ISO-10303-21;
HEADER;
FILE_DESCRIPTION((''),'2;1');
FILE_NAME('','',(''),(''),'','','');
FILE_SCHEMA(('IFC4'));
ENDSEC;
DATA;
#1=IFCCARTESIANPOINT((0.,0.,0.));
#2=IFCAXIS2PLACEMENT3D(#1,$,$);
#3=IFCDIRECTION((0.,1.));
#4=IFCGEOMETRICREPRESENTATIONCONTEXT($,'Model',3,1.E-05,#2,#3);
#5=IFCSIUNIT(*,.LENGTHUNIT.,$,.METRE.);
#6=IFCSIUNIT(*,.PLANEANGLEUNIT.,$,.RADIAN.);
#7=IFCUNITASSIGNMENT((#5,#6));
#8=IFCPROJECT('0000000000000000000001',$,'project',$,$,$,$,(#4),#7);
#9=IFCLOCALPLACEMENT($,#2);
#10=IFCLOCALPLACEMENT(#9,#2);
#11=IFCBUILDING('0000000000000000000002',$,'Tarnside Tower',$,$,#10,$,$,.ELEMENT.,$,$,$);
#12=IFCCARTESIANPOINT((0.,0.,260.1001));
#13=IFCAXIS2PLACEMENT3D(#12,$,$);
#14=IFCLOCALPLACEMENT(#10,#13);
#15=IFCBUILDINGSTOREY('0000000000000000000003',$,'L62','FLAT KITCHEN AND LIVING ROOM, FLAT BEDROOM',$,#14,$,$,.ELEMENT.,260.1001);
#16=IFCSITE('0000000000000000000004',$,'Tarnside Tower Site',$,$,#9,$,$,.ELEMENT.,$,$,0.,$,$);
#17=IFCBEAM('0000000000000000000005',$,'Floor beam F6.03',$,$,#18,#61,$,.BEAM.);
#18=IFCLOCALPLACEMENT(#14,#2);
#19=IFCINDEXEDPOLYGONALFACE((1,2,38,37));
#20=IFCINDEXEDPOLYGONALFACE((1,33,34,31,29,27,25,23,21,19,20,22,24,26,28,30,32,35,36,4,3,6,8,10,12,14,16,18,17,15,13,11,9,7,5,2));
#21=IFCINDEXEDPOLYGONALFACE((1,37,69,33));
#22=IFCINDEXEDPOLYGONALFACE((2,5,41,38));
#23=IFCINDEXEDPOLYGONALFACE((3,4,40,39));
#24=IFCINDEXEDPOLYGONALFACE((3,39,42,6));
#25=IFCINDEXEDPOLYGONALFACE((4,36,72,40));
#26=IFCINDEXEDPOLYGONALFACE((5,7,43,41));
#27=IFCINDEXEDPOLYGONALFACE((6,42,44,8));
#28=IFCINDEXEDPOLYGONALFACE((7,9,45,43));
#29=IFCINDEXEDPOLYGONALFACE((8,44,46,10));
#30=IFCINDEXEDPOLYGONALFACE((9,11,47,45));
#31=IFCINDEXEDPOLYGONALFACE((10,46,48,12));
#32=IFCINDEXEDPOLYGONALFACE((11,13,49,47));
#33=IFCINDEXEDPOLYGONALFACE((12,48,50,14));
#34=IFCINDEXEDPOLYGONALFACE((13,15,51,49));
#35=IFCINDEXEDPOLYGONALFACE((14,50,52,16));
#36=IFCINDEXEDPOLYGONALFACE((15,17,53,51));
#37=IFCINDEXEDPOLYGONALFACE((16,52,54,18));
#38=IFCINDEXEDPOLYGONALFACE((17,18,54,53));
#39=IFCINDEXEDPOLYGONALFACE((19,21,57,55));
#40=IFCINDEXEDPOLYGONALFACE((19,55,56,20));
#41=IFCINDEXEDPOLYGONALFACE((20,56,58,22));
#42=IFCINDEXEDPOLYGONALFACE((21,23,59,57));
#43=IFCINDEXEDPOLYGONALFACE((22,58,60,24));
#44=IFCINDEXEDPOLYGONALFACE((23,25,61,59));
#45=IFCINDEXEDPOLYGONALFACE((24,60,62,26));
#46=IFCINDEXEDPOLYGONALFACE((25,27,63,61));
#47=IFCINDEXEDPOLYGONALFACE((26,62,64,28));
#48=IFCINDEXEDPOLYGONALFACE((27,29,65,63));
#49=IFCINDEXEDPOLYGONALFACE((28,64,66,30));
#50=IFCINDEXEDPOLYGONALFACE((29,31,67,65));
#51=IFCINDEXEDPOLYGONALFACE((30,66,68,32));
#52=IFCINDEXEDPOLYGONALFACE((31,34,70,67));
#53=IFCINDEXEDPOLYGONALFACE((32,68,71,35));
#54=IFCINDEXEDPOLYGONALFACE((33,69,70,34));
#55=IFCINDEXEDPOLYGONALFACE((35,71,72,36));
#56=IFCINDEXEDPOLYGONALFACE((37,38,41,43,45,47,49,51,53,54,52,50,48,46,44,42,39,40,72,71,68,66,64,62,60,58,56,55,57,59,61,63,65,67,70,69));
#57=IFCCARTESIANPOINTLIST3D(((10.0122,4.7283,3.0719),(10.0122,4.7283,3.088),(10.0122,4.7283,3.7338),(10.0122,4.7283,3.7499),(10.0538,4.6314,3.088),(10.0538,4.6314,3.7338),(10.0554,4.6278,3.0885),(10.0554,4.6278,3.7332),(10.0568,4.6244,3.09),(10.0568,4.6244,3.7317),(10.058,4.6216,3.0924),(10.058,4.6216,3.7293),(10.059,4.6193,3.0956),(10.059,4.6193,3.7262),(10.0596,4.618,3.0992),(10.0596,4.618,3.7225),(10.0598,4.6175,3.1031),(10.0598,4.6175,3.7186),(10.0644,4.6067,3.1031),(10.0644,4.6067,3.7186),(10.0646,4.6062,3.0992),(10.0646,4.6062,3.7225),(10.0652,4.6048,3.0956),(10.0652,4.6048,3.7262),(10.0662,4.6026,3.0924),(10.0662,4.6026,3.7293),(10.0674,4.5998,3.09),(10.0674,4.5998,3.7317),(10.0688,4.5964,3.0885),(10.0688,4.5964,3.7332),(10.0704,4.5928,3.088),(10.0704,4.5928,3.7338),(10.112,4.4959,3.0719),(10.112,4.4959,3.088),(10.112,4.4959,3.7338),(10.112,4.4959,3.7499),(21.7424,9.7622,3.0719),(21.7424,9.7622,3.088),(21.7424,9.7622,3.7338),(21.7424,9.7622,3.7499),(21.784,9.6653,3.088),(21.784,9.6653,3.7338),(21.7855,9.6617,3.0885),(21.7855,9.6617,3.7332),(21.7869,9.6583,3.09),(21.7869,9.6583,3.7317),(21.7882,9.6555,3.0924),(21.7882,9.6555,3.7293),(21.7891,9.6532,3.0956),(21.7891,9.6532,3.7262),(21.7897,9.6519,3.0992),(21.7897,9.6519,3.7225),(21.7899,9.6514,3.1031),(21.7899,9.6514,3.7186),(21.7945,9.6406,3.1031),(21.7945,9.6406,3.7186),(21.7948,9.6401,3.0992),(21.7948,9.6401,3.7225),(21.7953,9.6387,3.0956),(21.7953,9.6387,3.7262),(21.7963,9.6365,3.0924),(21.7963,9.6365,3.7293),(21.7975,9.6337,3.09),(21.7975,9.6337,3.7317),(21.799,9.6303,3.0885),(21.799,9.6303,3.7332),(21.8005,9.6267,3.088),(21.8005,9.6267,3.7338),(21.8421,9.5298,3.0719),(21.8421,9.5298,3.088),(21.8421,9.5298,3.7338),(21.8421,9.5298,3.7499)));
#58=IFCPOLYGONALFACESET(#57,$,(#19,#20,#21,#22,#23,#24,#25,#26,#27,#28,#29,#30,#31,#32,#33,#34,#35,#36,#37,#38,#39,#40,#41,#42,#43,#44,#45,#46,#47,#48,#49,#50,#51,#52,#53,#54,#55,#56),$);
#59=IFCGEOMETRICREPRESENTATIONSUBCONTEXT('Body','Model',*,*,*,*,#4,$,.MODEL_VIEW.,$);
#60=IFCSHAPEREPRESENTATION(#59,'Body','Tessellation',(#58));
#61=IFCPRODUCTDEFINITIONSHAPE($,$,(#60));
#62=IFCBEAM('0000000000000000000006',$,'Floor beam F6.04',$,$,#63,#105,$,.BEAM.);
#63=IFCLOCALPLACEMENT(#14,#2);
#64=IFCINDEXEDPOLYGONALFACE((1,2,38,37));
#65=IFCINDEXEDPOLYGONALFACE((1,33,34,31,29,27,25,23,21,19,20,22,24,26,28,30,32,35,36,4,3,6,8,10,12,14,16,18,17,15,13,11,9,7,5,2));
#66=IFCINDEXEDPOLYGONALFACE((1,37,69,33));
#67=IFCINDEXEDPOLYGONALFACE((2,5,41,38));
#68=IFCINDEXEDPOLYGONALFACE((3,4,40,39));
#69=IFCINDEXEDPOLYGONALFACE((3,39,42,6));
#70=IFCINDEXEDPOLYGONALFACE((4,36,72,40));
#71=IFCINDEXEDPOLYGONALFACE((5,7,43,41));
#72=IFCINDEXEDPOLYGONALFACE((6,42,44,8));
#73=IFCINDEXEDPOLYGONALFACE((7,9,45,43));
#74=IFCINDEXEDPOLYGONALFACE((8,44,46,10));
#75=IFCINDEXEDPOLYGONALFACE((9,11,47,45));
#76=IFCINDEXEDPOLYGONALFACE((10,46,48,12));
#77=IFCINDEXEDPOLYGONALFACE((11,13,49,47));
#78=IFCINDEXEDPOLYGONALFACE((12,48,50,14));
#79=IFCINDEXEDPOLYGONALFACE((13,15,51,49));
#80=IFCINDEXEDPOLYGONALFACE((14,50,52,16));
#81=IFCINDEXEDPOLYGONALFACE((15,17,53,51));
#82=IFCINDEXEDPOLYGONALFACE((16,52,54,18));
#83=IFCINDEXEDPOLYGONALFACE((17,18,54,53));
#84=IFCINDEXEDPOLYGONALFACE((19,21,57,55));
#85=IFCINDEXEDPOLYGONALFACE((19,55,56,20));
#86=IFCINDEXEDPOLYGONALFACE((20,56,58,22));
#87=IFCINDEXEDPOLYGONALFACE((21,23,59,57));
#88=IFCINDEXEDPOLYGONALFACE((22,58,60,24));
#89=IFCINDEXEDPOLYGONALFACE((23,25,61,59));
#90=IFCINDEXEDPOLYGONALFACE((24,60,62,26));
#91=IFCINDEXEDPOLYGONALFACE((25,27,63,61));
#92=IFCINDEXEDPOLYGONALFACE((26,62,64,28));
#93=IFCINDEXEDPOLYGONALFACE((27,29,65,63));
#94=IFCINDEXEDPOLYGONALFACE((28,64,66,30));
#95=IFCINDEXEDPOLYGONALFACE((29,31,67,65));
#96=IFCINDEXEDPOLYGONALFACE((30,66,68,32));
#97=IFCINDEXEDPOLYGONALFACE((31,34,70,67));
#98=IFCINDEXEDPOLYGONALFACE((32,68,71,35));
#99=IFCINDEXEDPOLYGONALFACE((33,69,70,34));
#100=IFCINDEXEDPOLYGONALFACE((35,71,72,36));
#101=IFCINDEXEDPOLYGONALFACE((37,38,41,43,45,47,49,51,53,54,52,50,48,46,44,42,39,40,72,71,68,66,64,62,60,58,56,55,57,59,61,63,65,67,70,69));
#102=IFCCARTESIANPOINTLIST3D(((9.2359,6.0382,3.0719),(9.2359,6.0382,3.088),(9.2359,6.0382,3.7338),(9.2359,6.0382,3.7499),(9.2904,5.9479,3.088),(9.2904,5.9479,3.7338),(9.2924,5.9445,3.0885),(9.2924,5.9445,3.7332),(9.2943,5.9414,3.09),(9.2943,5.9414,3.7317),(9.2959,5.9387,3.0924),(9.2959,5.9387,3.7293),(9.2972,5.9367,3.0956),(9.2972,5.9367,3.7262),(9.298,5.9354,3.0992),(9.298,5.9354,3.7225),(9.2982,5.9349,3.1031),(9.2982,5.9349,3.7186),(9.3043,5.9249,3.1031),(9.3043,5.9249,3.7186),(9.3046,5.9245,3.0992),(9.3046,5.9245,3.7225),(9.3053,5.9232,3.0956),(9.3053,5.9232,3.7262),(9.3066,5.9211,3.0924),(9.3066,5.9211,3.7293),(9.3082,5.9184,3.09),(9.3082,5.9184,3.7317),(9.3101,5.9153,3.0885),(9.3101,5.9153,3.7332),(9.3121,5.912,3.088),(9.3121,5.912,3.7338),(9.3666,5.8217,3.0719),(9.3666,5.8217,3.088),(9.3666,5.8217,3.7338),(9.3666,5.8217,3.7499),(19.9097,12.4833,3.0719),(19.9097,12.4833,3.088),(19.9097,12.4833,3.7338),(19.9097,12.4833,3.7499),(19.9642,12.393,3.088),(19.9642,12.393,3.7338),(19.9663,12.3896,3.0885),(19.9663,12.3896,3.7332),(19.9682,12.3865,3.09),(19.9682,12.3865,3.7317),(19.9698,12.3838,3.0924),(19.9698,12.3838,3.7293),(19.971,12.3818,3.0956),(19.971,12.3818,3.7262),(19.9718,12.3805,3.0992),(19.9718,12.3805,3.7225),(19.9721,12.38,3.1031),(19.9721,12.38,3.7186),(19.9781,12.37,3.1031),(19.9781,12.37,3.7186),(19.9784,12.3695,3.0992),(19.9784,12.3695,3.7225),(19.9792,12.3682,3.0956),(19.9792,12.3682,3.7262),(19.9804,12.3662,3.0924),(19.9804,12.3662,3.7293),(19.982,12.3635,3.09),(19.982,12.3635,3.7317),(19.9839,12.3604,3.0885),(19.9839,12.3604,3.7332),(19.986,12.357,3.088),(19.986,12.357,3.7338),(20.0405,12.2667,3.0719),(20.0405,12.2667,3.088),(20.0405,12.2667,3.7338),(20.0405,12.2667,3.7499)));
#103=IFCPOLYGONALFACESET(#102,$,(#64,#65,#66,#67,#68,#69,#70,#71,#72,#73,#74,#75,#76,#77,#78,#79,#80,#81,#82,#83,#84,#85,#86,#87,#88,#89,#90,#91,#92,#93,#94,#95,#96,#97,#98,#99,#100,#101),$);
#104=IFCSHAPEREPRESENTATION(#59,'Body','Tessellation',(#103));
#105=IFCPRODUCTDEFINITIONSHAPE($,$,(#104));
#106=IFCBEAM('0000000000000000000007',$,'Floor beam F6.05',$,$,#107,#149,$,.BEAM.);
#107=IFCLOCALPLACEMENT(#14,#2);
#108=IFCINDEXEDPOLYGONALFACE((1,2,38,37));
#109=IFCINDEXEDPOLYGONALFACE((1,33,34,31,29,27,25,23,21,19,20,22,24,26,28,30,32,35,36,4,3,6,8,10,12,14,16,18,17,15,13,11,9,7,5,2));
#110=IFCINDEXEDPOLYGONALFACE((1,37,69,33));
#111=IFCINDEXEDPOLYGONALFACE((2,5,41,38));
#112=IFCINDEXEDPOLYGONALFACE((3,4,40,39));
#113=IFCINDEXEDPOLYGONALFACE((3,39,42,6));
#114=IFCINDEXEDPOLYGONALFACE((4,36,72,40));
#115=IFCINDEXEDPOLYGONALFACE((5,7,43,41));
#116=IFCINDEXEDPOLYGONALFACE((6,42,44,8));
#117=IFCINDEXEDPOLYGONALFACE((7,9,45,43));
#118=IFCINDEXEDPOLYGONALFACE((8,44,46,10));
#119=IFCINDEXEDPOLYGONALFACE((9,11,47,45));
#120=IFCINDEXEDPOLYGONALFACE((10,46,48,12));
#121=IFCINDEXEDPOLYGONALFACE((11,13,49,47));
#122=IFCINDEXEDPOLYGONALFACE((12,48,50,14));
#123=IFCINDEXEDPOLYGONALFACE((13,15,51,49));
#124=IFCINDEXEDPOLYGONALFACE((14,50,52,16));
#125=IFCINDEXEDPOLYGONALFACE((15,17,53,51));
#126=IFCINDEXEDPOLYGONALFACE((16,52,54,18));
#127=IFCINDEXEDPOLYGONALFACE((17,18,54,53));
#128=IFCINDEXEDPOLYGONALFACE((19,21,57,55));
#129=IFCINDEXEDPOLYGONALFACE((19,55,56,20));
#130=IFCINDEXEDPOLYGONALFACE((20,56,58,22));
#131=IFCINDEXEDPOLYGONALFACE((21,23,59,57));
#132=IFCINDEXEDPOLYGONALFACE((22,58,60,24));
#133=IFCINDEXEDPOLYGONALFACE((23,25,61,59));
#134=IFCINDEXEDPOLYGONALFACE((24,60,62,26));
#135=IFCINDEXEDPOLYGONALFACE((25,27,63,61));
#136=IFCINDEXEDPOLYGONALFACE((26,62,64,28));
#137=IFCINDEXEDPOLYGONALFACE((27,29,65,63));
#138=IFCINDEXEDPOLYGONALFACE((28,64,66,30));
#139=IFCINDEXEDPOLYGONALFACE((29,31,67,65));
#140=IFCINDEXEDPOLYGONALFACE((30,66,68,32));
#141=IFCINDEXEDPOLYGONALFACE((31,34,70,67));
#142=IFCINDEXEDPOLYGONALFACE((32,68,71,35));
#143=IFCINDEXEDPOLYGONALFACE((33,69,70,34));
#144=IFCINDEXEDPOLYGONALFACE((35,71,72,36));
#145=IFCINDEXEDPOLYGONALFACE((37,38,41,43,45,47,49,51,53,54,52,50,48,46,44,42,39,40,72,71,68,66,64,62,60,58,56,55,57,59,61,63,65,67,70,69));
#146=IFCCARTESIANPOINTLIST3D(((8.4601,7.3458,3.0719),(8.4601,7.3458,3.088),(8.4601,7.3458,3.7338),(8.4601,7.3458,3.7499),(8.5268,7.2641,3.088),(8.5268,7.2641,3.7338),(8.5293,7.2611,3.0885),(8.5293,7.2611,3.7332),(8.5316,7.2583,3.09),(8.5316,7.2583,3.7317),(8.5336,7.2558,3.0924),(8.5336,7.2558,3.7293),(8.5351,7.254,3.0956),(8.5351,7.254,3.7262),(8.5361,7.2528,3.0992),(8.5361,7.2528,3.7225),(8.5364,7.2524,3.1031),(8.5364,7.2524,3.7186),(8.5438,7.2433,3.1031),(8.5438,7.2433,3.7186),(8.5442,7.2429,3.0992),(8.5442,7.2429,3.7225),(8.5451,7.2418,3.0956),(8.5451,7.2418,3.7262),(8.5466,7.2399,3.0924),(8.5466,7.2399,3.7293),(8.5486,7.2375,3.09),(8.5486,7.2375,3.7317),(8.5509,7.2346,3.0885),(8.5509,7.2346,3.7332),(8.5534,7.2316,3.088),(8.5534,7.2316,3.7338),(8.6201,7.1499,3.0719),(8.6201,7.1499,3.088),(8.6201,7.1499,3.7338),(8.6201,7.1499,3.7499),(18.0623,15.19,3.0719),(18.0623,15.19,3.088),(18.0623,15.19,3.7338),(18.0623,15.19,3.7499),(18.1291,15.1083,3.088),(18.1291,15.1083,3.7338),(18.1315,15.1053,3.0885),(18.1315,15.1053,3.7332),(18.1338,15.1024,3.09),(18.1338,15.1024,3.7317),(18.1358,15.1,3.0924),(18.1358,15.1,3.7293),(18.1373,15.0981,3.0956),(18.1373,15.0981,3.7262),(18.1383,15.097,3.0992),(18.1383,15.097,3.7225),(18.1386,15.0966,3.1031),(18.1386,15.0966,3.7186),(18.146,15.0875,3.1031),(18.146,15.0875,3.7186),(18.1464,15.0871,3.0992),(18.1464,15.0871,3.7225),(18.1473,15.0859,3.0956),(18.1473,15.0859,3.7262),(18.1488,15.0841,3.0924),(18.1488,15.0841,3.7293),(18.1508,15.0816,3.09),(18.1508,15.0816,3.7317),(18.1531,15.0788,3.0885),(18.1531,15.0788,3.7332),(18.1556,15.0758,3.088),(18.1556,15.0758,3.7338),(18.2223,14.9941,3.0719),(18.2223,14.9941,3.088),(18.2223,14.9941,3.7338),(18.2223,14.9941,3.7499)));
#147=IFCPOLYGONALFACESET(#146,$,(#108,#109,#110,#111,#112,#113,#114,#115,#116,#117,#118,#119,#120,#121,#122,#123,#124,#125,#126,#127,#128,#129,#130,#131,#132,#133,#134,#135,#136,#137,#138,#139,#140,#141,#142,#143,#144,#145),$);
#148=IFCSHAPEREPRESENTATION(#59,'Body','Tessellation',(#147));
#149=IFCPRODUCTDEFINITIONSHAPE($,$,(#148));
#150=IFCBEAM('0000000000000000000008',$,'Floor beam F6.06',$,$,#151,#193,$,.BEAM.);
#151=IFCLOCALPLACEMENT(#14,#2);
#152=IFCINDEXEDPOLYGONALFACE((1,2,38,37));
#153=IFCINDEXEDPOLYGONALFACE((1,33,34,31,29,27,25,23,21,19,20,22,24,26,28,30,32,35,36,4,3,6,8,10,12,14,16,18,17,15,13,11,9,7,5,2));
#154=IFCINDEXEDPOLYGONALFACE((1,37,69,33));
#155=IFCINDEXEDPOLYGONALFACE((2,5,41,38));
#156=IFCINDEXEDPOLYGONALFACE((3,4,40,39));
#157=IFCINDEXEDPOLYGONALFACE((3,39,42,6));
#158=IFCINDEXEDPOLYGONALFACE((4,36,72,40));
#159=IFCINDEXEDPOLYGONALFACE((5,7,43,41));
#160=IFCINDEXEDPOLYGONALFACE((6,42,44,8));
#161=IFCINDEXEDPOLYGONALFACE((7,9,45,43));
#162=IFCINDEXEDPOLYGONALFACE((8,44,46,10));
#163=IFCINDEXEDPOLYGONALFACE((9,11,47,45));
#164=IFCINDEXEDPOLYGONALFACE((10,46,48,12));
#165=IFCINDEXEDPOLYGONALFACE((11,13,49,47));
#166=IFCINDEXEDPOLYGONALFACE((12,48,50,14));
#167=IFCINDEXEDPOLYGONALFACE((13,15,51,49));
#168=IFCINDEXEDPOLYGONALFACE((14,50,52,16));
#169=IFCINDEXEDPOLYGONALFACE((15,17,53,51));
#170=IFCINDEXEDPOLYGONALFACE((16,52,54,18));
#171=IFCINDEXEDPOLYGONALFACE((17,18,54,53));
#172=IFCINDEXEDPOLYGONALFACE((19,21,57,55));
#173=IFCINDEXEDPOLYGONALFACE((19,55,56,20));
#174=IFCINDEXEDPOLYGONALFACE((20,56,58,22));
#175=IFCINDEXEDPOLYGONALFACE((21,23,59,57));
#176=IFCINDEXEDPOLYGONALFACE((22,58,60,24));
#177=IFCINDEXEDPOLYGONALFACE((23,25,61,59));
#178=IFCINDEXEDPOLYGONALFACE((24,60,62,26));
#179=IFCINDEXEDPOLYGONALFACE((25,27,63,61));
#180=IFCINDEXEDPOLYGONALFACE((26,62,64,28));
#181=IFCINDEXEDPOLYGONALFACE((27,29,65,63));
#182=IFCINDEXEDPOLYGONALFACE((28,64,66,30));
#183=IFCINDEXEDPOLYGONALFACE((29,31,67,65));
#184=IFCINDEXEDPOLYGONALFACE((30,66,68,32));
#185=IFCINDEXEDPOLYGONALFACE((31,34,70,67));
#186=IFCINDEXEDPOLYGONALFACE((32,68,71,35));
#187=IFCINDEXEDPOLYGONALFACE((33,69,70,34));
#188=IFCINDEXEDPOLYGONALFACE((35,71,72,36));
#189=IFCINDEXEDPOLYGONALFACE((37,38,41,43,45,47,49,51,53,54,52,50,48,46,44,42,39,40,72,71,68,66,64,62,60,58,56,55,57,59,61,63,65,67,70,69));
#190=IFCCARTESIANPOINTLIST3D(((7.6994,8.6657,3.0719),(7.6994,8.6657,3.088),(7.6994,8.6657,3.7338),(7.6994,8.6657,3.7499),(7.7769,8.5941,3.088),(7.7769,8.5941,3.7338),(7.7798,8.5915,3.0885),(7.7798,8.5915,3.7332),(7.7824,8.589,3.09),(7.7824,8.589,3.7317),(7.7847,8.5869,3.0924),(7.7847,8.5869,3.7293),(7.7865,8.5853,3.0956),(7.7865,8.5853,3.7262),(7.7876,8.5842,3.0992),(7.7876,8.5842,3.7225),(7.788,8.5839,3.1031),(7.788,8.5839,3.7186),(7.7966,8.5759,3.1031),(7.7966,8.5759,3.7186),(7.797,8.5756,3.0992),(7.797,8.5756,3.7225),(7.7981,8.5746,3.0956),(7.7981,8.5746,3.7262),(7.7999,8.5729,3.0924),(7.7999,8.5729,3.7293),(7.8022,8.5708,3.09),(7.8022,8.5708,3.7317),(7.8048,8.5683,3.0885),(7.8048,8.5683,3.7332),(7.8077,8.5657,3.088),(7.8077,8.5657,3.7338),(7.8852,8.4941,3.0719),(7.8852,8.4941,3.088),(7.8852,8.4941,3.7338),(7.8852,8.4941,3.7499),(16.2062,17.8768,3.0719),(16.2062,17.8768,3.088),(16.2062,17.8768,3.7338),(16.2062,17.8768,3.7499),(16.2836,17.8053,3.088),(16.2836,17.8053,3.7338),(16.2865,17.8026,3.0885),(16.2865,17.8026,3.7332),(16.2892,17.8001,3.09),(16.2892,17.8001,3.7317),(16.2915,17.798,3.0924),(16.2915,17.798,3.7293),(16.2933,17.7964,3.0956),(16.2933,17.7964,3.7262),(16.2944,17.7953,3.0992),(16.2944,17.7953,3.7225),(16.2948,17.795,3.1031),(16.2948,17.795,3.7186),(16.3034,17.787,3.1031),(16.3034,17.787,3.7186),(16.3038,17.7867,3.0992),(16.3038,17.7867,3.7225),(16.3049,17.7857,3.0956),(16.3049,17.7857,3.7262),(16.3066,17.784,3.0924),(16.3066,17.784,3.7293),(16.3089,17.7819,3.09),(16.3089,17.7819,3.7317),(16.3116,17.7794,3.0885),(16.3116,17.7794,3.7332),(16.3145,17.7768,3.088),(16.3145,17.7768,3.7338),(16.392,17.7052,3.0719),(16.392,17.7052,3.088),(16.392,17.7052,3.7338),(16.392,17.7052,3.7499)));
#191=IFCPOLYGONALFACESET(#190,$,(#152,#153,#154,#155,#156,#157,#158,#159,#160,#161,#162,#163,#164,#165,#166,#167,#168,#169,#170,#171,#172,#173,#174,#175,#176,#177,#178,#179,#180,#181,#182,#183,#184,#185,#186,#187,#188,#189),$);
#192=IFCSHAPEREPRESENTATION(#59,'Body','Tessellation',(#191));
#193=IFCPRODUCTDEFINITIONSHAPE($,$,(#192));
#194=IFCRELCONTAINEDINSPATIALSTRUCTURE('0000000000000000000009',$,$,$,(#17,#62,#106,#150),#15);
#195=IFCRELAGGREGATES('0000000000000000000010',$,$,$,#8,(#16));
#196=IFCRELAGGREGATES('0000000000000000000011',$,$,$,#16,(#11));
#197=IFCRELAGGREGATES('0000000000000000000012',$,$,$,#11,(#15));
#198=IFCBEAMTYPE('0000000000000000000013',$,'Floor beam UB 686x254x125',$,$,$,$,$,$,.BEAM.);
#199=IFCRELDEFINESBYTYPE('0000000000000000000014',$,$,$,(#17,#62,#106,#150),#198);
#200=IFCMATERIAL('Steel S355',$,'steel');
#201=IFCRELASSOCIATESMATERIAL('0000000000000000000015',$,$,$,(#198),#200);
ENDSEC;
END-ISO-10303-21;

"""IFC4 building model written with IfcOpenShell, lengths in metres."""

from ifc_helpers import new_model, si_unit, direction, frame, origin, origin_2d, place, context, subcontext, project, spatial, i_section, extrude, material, material_profile, profile_set, type_object, element, save


model = new_model("IFC4")

# Units and contexts
model_context = context("Model", 3, precision=1e-05, world=origin(), true_north=direction((0.0, 1.0)))
body_context = subcontext(model_context, "Body", "Model", "MODEL_VIEW")
ifc_project = project(units=[si_unit("LENGTHUNIT", "METRE"), si_unit("PLANEANGLEUNIT", "RADIAN")], contexts=[model_context])

# Site, building, storey
site_placement = place(None, origin())
site = spatial("IfcSite", under=ifc_project, at=site_placement, Name="Tarnside Tower Site", CompositionType="ELEMENT", RefElevation=0.0)
building_placement = place(site_placement, origin())
building = spatial("IfcBuilding", under=site, at=building_placement, Name="Tarnside Tower", CompositionType="ELEMENT")
storey_placement = place(building_placement, frame((0.0, 0.0, 260.1001)))
storey = spatial("IfcBuildingStorey", under=building, at=storey_placement, Name="L62", Description="FLAT KITCHEN AND LIVING ROOM, FLAT BEDROOM", CompositionType="ELEMENT", Elevation=260.1001)

# Beams
ifc_material_1 = material(Name="Steel S355", Category="steel")
ifc_material_profile_1 = material_profile(ifc_material_1, i_section(OverallWidth=0.2529, OverallDepth=0.678, WebThickness=0.0117, FlangeThickness=0.0161, FilletRadius=0.0151, at=origin_2d()), Name="UB 686x254x125")
ifc_profile_set_1 = profile_set([ifc_material_profile_1], Name="Steel S355")
beam_type_1 = type_object("IfcBeamType", Name="Floor beam UB 686x254x125", PredefinedType="BEAM", material=ifc_profile_set_1)
beam_1_placement = place(storey_placement, frame((21.7922, 9.646, 3.4109), z_axis=(-0.918955, -0.394362, 0.0), x_axis=(0.394362, -0.918955, 0.0)))
element("IfcBeam", 1, at=beam_1_placement, inside=storey, type_object=beam_type_1, Name="Floor beam F6.03", PredefinedType="BEAM", context=body_context, shape_type="SweptSolid", body=[
    extrude(i_section(OverallWidth=0.2529, OverallDepth=0.678, WebThickness=0.0117, FlangeThickness=0.0161, FilletRadius=0.0151, at=origin_2d()), origin(), (0.0, 0.0, 1.0), 12.7646),
])
beam_2_placement = place(storey_placement, frame((19.9751, 12.375, 3.4109), z_axis=(-0.856047, -0.516898, 0.0), x_axis=(0.516898, -0.856047, 0.0)))
element("IfcBeam", 2, at=beam_2_placement, inside=storey, type_object=beam_type_1, Name="Floor beam F6.04", PredefinedType="BEAM", context=body_context, shape_type="SweptSolid", body=[
    extrude(i_section(OverallWidth=0.2529, OverallDepth=0.678, WebThickness=0.0117, FlangeThickness=0.0161, FilletRadius=0.0151, at=origin_2d()), origin(), (0.0, 0.0, 1.0), 12.4688),
])
beam_3_placement = place(storey_placement, frame((18.1423, 15.092, 3.4109), z_axis=(-0.774439, -0.632649, 0.0), x_axis=(0.632649, -0.774439, 0.0)))
element("IfcBeam", 3, at=beam_3_placement, inside=storey, type_object=beam_type_1, Name="Floor beam F6.05", PredefinedType="BEAM", context=body_context, shape_type="SweptSolid", body=[
    extrude(i_section(OverallWidth=0.2529, OverallDepth=0.678, WebThickness=0.0117, FlangeThickness=0.0161, FilletRadius=0.0151, at=origin_2d()), origin(), (0.0, 0.0, 1.0), 12.3989),
])
beam_4_placement = place(storey_placement, frame((16.2991, 17.791, 3.4109), z_axis=(-0.678461, -0.734636, 0.0), x_axis=(0.734636, -0.678461, 0.0)))
element("IfcBeam", 4, at=beam_4_placement, inside=storey, type_object=beam_type_1, Name="Floor beam F6.06", PredefinedType="BEAM", context=body_context, shape_type="SweptSolid", body=[
    extrude(i_section(OverallWidth=0.2529, OverallDepth=0.678, WebThickness=0.0117, FlangeThickness=0.0161, FilletRadius=0.0151, at=origin_2d()), origin(), (0.0, 0.0, 1.0), 12.5383),
])

save(model, "model.ifc")
